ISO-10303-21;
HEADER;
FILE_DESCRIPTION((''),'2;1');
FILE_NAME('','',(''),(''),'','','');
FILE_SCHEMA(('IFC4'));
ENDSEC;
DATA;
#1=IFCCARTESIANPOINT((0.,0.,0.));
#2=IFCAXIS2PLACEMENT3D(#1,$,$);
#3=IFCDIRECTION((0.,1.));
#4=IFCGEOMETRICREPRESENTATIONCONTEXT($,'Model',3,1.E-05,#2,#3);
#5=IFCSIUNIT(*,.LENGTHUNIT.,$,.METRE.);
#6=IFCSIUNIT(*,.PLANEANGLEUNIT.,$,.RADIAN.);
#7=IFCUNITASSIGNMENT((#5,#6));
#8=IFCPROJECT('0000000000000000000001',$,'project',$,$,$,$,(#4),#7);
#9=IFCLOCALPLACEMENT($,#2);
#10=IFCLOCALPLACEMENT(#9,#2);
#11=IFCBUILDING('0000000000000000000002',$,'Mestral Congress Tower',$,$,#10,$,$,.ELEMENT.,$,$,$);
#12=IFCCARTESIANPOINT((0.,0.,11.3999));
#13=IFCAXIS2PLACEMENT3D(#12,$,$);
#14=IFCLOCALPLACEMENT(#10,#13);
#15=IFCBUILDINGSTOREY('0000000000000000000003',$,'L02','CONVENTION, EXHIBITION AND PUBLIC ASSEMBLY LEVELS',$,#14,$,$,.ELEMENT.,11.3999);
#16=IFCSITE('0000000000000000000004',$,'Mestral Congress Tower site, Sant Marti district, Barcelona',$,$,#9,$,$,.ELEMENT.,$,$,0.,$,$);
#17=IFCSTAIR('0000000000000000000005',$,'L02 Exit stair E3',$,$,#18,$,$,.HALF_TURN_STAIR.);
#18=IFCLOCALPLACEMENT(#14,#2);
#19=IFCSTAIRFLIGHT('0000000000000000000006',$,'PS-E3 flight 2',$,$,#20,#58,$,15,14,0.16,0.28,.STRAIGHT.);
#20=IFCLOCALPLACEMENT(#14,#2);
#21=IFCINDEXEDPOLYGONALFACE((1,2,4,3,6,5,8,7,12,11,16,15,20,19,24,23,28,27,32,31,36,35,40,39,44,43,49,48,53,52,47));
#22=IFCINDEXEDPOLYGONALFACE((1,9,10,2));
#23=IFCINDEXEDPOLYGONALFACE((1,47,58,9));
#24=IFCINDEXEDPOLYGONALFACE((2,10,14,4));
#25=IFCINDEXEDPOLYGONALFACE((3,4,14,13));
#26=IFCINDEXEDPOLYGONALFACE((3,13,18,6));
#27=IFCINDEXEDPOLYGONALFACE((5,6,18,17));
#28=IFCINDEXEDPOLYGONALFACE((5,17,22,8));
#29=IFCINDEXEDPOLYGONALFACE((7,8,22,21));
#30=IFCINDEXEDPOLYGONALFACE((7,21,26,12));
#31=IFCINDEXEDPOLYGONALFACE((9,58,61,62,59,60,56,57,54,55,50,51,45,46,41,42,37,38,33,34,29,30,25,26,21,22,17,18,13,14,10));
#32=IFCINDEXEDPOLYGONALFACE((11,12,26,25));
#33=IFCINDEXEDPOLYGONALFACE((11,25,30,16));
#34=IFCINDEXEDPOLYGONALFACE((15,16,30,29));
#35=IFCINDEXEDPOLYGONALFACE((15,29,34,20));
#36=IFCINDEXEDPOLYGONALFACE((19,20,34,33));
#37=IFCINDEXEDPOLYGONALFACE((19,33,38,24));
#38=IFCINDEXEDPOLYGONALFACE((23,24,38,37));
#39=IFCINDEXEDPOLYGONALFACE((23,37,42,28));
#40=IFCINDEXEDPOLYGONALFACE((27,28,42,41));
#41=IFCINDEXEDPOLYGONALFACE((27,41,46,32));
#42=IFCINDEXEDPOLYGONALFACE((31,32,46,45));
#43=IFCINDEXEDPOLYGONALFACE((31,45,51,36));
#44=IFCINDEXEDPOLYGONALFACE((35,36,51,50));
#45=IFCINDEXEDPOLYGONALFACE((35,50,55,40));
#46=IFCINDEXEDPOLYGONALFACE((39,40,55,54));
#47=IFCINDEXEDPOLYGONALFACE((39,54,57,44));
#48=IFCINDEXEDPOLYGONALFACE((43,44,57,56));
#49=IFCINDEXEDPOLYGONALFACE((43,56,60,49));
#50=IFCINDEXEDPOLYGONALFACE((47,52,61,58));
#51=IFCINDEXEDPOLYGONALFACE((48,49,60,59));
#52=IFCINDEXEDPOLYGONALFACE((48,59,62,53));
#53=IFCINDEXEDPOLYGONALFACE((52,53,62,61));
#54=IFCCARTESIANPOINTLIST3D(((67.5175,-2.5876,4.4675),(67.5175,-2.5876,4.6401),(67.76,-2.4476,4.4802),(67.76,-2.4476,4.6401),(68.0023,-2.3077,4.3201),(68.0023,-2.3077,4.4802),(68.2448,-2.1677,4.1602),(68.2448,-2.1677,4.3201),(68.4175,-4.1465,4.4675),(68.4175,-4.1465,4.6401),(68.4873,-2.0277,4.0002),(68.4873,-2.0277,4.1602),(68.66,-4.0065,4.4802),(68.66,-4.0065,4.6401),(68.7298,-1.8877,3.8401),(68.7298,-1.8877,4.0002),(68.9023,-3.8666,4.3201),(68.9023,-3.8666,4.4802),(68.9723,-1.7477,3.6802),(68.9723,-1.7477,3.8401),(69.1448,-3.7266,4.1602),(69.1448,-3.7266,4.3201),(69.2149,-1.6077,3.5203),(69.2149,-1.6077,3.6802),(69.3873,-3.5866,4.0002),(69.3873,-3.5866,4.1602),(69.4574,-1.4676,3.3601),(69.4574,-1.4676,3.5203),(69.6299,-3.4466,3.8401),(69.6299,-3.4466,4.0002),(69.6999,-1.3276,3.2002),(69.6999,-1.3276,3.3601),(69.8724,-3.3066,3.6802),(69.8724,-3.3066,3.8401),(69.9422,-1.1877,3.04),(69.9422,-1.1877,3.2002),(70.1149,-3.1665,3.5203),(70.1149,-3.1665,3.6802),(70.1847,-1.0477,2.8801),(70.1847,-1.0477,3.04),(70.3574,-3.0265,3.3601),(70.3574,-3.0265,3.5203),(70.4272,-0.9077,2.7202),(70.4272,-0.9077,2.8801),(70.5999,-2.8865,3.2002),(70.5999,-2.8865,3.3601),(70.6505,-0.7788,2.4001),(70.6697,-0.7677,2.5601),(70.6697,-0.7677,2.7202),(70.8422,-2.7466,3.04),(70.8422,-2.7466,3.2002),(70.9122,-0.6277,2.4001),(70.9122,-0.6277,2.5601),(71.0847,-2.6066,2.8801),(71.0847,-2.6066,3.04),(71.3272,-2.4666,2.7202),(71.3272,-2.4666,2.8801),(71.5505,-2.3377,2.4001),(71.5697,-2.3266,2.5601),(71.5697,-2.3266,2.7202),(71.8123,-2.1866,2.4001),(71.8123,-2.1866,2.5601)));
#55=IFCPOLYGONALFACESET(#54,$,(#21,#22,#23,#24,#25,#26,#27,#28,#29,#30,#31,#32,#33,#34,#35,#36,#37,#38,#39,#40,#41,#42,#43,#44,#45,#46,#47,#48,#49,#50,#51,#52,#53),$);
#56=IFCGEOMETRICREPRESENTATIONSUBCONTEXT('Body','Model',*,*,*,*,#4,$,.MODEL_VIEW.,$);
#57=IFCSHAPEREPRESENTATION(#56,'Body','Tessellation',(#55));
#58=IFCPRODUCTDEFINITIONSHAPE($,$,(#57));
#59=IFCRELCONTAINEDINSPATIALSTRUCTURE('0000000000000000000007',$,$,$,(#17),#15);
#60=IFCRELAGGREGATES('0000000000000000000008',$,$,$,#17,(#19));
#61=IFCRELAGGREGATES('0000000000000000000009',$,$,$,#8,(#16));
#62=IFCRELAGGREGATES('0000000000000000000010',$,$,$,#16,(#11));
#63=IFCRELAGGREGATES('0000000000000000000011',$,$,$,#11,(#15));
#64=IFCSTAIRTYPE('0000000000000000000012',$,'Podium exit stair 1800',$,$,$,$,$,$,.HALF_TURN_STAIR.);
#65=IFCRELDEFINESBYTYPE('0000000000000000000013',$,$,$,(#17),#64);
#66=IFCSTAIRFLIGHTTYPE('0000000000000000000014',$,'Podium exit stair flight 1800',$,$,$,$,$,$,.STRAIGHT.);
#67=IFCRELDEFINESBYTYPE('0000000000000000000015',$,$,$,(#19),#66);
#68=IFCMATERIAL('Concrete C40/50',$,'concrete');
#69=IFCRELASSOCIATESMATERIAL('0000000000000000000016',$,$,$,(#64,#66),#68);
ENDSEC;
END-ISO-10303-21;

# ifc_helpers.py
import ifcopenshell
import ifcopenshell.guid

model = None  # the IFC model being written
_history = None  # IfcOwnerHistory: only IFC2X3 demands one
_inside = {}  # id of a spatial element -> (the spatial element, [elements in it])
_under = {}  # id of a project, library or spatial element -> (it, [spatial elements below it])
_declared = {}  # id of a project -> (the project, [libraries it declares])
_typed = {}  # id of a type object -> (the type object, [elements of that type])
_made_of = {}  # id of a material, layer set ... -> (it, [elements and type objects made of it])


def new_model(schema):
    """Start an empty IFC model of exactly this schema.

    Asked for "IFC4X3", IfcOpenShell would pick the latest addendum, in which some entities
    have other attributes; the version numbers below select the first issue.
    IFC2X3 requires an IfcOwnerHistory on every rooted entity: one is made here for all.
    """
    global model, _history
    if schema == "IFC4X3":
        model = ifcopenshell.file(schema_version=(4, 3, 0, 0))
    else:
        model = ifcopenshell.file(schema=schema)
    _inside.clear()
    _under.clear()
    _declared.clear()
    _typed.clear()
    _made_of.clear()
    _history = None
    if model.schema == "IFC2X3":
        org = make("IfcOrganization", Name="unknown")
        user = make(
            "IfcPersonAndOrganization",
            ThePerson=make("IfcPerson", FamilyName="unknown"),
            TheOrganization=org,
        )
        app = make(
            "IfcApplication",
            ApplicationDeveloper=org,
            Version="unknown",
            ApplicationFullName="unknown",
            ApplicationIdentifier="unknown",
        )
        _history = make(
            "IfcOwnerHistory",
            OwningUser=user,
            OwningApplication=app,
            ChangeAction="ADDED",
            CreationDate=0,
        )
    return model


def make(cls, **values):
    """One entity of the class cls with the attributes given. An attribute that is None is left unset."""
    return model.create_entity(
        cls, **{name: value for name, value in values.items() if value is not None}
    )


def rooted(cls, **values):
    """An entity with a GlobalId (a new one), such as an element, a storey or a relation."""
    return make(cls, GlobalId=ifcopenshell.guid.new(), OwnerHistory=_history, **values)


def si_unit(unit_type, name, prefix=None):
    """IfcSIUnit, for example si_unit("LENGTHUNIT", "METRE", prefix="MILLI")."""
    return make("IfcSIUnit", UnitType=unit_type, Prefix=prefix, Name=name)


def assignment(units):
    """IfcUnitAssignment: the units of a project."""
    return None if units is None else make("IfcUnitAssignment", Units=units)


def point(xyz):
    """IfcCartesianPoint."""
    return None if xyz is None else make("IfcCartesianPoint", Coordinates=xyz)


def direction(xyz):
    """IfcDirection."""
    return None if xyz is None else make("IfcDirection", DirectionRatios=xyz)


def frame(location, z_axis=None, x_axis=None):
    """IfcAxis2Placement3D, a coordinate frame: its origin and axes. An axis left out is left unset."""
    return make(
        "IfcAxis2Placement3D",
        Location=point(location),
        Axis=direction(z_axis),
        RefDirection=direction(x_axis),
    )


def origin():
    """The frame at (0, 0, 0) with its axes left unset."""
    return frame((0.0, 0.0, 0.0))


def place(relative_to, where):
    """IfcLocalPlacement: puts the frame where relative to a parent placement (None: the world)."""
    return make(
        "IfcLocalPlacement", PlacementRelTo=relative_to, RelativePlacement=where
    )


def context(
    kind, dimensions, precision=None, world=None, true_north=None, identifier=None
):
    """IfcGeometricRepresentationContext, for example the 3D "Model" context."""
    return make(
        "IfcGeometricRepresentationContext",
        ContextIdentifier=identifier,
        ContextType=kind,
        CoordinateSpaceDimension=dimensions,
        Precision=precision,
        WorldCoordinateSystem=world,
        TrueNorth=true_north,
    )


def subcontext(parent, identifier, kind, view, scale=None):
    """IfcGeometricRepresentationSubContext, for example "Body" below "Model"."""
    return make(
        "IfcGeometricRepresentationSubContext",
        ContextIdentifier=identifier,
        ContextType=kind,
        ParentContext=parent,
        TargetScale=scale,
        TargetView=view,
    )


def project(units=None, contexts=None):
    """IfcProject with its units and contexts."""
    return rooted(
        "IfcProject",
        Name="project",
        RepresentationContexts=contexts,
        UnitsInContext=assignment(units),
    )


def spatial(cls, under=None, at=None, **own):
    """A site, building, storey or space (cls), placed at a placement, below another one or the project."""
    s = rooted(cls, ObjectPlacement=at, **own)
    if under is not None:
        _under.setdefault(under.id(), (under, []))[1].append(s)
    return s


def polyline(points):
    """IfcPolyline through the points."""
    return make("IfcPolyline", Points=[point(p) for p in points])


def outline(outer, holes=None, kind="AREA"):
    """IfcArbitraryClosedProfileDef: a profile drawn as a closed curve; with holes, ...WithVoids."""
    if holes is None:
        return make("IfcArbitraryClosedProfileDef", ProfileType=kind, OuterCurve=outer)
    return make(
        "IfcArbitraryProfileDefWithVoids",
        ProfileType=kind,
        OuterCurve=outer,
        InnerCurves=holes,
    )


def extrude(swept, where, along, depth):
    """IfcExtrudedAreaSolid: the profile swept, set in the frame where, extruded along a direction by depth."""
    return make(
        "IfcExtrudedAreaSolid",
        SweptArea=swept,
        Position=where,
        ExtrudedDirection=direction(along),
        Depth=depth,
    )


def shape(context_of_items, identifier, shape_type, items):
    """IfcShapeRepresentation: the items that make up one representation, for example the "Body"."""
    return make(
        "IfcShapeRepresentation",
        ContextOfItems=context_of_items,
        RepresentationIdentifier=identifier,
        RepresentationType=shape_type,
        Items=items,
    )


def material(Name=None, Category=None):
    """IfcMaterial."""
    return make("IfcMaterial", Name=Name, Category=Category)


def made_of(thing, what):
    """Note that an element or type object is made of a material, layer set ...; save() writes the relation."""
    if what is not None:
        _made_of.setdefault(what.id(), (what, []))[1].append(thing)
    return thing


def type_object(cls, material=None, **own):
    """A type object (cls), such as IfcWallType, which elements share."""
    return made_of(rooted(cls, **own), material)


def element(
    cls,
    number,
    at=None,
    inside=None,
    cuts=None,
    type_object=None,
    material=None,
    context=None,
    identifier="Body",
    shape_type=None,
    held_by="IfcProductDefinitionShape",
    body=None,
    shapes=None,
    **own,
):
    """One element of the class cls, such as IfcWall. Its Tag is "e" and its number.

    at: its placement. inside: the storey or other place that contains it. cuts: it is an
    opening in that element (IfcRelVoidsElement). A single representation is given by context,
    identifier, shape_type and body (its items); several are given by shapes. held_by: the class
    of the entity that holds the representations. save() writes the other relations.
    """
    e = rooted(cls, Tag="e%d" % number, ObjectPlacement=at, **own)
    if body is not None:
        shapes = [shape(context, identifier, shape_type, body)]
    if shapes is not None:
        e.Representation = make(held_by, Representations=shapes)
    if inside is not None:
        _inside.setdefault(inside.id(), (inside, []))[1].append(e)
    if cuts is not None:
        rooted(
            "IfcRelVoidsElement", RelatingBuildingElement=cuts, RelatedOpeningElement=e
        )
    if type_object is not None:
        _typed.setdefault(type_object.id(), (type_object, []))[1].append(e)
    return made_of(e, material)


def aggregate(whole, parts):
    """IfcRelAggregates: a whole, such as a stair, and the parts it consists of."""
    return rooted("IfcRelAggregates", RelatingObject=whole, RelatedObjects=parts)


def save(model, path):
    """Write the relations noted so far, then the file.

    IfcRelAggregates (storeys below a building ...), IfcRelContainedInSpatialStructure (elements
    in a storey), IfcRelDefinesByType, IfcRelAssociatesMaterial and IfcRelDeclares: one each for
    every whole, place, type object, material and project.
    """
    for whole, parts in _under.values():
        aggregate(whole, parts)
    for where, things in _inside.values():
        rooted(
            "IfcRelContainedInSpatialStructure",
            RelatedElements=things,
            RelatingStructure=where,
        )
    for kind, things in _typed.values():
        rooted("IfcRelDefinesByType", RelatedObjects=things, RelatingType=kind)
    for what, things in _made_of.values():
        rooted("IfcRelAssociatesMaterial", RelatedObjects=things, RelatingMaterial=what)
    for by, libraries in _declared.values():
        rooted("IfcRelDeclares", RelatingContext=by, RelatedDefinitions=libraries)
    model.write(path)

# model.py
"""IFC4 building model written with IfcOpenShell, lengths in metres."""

from ifc_helpers import new_model, si_unit, direction, frame, origin, place, context, subcontext, project, spatial, polyline, outline, extrude, material, type_object, element, aggregate, save


model = new_model("IFC4")

# Units and contexts
model_context = context("Model", 3, precision=1e-05, world=origin(), true_north=direction((0.0, 1.0)))
body_context = subcontext(model_context, "Body", "Model", "MODEL_VIEW")
ifc_project = project(units=[si_unit("LENGTHUNIT", "METRE"), si_unit("PLANEANGLEUNIT", "RADIAN")], contexts=[model_context])

# Site, building, storey
site_placement = place(None, origin())
site = spatial("IfcSite", under=ifc_project, at=site_placement, Name="Mestral Congress Tower site, Sant Marti district, Barcelona", CompositionType="ELEMENT", RefElevation=0.0)
building_placement = place(site_placement, origin())
building = spatial("IfcBuilding", under=site, at=building_placement, Name="Mestral Congress Tower", CompositionType="ELEMENT")
storey_placement = place(building_placement, frame((0.0, 0.0, 11.3999)))
storey = spatial("IfcBuildingStorey", under=building, at=storey_placement, Name="L02", Description="CONVENTION, EXHIBITION AND PUBLIC ASSEMBLY LEVELS", CompositionType="ELEMENT", Elevation=11.3999)

# Shared definitions
ifc_material_1 = material(Name="Concrete C40/50", Category="concrete")
stair_type = type_object("IfcStairType", Name="Podium exit stair 1800", PredefinedType="HALF_TURN_STAIR", material=ifc_material_1)
placement = place(storey_placement, origin())
stair_flight_type = type_object("IfcStairFlightType", Name="Podium exit stair flight 1800", PredefinedType="STRAIGHT", material=ifc_material_1)

# Stair, stair flight
stair_1 = element("IfcStair", 1, at=placement, inside=storey, type_object=stair_type, Name="L02 Exit stair E3", PredefinedType="HALF_TURN_STAIR")
stair_flight_1_placement = place(storey_placement, frame((71.3623, -1.4072, 2.4001), z_axis=(0.0, 0.0, 1.0), x_axis=(-0.866025, -0.5, 0.0)))
stair_flight_1 = element("IfcStairFlight", 2, at=stair_flight_1_placement, type_object=stair_flight_type, Name="PS-E3 flight 2", NumberOfRisers=15, NumberOfTreads=14, PredefinedType="STRAIGHT", RiserHeight=0.16, TreadLength=0.28, context=body_context, shape_type="SweptSolid", body=[
    extrude(outline(polyline([(0.0, 0.0), (0.0, 0.1599), (0.28, 0.1599), (0.28, 0.3201), (0.5601, 0.3201), (0.5601, 0.48), (0.8401, 0.48), (0.8401, 0.6399), (1.1201, 0.6399), (1.1201, 0.8), (1.3999, 0.8), (1.3999, 0.96), (1.6799, 0.96), (1.6799, 1.1201), (1.96, 1.1201), (1.96, 1.28), (2.24, 1.28), (2.24, 1.4399), (2.52, 1.4399), (2.52, 1.6001), (2.8, 1.6001), (2.8, 1.76), (3.0801, 1.76), (3.0801, 1.9199), (3.3601, 1.9199), (3.3601, 2.0801), (3.6399, 2.0801), (3.6399, 2.24), (3.9199, 2.24), (3.9199, 2.3999), (3.9199, 2.0674), (0.3022, 0.0), (0.0, 0.0)])), frame((0.0, 0.8999, 0.0), z_axis=(0.0, -1.0, 0.0), x_axis=(1.0, 0.0, 0.0)), (0.0, 0.0, 1.0), 1.8),
])
aggregate(stair_1, [stair_flight_1])

save(model, "model.ifc")
